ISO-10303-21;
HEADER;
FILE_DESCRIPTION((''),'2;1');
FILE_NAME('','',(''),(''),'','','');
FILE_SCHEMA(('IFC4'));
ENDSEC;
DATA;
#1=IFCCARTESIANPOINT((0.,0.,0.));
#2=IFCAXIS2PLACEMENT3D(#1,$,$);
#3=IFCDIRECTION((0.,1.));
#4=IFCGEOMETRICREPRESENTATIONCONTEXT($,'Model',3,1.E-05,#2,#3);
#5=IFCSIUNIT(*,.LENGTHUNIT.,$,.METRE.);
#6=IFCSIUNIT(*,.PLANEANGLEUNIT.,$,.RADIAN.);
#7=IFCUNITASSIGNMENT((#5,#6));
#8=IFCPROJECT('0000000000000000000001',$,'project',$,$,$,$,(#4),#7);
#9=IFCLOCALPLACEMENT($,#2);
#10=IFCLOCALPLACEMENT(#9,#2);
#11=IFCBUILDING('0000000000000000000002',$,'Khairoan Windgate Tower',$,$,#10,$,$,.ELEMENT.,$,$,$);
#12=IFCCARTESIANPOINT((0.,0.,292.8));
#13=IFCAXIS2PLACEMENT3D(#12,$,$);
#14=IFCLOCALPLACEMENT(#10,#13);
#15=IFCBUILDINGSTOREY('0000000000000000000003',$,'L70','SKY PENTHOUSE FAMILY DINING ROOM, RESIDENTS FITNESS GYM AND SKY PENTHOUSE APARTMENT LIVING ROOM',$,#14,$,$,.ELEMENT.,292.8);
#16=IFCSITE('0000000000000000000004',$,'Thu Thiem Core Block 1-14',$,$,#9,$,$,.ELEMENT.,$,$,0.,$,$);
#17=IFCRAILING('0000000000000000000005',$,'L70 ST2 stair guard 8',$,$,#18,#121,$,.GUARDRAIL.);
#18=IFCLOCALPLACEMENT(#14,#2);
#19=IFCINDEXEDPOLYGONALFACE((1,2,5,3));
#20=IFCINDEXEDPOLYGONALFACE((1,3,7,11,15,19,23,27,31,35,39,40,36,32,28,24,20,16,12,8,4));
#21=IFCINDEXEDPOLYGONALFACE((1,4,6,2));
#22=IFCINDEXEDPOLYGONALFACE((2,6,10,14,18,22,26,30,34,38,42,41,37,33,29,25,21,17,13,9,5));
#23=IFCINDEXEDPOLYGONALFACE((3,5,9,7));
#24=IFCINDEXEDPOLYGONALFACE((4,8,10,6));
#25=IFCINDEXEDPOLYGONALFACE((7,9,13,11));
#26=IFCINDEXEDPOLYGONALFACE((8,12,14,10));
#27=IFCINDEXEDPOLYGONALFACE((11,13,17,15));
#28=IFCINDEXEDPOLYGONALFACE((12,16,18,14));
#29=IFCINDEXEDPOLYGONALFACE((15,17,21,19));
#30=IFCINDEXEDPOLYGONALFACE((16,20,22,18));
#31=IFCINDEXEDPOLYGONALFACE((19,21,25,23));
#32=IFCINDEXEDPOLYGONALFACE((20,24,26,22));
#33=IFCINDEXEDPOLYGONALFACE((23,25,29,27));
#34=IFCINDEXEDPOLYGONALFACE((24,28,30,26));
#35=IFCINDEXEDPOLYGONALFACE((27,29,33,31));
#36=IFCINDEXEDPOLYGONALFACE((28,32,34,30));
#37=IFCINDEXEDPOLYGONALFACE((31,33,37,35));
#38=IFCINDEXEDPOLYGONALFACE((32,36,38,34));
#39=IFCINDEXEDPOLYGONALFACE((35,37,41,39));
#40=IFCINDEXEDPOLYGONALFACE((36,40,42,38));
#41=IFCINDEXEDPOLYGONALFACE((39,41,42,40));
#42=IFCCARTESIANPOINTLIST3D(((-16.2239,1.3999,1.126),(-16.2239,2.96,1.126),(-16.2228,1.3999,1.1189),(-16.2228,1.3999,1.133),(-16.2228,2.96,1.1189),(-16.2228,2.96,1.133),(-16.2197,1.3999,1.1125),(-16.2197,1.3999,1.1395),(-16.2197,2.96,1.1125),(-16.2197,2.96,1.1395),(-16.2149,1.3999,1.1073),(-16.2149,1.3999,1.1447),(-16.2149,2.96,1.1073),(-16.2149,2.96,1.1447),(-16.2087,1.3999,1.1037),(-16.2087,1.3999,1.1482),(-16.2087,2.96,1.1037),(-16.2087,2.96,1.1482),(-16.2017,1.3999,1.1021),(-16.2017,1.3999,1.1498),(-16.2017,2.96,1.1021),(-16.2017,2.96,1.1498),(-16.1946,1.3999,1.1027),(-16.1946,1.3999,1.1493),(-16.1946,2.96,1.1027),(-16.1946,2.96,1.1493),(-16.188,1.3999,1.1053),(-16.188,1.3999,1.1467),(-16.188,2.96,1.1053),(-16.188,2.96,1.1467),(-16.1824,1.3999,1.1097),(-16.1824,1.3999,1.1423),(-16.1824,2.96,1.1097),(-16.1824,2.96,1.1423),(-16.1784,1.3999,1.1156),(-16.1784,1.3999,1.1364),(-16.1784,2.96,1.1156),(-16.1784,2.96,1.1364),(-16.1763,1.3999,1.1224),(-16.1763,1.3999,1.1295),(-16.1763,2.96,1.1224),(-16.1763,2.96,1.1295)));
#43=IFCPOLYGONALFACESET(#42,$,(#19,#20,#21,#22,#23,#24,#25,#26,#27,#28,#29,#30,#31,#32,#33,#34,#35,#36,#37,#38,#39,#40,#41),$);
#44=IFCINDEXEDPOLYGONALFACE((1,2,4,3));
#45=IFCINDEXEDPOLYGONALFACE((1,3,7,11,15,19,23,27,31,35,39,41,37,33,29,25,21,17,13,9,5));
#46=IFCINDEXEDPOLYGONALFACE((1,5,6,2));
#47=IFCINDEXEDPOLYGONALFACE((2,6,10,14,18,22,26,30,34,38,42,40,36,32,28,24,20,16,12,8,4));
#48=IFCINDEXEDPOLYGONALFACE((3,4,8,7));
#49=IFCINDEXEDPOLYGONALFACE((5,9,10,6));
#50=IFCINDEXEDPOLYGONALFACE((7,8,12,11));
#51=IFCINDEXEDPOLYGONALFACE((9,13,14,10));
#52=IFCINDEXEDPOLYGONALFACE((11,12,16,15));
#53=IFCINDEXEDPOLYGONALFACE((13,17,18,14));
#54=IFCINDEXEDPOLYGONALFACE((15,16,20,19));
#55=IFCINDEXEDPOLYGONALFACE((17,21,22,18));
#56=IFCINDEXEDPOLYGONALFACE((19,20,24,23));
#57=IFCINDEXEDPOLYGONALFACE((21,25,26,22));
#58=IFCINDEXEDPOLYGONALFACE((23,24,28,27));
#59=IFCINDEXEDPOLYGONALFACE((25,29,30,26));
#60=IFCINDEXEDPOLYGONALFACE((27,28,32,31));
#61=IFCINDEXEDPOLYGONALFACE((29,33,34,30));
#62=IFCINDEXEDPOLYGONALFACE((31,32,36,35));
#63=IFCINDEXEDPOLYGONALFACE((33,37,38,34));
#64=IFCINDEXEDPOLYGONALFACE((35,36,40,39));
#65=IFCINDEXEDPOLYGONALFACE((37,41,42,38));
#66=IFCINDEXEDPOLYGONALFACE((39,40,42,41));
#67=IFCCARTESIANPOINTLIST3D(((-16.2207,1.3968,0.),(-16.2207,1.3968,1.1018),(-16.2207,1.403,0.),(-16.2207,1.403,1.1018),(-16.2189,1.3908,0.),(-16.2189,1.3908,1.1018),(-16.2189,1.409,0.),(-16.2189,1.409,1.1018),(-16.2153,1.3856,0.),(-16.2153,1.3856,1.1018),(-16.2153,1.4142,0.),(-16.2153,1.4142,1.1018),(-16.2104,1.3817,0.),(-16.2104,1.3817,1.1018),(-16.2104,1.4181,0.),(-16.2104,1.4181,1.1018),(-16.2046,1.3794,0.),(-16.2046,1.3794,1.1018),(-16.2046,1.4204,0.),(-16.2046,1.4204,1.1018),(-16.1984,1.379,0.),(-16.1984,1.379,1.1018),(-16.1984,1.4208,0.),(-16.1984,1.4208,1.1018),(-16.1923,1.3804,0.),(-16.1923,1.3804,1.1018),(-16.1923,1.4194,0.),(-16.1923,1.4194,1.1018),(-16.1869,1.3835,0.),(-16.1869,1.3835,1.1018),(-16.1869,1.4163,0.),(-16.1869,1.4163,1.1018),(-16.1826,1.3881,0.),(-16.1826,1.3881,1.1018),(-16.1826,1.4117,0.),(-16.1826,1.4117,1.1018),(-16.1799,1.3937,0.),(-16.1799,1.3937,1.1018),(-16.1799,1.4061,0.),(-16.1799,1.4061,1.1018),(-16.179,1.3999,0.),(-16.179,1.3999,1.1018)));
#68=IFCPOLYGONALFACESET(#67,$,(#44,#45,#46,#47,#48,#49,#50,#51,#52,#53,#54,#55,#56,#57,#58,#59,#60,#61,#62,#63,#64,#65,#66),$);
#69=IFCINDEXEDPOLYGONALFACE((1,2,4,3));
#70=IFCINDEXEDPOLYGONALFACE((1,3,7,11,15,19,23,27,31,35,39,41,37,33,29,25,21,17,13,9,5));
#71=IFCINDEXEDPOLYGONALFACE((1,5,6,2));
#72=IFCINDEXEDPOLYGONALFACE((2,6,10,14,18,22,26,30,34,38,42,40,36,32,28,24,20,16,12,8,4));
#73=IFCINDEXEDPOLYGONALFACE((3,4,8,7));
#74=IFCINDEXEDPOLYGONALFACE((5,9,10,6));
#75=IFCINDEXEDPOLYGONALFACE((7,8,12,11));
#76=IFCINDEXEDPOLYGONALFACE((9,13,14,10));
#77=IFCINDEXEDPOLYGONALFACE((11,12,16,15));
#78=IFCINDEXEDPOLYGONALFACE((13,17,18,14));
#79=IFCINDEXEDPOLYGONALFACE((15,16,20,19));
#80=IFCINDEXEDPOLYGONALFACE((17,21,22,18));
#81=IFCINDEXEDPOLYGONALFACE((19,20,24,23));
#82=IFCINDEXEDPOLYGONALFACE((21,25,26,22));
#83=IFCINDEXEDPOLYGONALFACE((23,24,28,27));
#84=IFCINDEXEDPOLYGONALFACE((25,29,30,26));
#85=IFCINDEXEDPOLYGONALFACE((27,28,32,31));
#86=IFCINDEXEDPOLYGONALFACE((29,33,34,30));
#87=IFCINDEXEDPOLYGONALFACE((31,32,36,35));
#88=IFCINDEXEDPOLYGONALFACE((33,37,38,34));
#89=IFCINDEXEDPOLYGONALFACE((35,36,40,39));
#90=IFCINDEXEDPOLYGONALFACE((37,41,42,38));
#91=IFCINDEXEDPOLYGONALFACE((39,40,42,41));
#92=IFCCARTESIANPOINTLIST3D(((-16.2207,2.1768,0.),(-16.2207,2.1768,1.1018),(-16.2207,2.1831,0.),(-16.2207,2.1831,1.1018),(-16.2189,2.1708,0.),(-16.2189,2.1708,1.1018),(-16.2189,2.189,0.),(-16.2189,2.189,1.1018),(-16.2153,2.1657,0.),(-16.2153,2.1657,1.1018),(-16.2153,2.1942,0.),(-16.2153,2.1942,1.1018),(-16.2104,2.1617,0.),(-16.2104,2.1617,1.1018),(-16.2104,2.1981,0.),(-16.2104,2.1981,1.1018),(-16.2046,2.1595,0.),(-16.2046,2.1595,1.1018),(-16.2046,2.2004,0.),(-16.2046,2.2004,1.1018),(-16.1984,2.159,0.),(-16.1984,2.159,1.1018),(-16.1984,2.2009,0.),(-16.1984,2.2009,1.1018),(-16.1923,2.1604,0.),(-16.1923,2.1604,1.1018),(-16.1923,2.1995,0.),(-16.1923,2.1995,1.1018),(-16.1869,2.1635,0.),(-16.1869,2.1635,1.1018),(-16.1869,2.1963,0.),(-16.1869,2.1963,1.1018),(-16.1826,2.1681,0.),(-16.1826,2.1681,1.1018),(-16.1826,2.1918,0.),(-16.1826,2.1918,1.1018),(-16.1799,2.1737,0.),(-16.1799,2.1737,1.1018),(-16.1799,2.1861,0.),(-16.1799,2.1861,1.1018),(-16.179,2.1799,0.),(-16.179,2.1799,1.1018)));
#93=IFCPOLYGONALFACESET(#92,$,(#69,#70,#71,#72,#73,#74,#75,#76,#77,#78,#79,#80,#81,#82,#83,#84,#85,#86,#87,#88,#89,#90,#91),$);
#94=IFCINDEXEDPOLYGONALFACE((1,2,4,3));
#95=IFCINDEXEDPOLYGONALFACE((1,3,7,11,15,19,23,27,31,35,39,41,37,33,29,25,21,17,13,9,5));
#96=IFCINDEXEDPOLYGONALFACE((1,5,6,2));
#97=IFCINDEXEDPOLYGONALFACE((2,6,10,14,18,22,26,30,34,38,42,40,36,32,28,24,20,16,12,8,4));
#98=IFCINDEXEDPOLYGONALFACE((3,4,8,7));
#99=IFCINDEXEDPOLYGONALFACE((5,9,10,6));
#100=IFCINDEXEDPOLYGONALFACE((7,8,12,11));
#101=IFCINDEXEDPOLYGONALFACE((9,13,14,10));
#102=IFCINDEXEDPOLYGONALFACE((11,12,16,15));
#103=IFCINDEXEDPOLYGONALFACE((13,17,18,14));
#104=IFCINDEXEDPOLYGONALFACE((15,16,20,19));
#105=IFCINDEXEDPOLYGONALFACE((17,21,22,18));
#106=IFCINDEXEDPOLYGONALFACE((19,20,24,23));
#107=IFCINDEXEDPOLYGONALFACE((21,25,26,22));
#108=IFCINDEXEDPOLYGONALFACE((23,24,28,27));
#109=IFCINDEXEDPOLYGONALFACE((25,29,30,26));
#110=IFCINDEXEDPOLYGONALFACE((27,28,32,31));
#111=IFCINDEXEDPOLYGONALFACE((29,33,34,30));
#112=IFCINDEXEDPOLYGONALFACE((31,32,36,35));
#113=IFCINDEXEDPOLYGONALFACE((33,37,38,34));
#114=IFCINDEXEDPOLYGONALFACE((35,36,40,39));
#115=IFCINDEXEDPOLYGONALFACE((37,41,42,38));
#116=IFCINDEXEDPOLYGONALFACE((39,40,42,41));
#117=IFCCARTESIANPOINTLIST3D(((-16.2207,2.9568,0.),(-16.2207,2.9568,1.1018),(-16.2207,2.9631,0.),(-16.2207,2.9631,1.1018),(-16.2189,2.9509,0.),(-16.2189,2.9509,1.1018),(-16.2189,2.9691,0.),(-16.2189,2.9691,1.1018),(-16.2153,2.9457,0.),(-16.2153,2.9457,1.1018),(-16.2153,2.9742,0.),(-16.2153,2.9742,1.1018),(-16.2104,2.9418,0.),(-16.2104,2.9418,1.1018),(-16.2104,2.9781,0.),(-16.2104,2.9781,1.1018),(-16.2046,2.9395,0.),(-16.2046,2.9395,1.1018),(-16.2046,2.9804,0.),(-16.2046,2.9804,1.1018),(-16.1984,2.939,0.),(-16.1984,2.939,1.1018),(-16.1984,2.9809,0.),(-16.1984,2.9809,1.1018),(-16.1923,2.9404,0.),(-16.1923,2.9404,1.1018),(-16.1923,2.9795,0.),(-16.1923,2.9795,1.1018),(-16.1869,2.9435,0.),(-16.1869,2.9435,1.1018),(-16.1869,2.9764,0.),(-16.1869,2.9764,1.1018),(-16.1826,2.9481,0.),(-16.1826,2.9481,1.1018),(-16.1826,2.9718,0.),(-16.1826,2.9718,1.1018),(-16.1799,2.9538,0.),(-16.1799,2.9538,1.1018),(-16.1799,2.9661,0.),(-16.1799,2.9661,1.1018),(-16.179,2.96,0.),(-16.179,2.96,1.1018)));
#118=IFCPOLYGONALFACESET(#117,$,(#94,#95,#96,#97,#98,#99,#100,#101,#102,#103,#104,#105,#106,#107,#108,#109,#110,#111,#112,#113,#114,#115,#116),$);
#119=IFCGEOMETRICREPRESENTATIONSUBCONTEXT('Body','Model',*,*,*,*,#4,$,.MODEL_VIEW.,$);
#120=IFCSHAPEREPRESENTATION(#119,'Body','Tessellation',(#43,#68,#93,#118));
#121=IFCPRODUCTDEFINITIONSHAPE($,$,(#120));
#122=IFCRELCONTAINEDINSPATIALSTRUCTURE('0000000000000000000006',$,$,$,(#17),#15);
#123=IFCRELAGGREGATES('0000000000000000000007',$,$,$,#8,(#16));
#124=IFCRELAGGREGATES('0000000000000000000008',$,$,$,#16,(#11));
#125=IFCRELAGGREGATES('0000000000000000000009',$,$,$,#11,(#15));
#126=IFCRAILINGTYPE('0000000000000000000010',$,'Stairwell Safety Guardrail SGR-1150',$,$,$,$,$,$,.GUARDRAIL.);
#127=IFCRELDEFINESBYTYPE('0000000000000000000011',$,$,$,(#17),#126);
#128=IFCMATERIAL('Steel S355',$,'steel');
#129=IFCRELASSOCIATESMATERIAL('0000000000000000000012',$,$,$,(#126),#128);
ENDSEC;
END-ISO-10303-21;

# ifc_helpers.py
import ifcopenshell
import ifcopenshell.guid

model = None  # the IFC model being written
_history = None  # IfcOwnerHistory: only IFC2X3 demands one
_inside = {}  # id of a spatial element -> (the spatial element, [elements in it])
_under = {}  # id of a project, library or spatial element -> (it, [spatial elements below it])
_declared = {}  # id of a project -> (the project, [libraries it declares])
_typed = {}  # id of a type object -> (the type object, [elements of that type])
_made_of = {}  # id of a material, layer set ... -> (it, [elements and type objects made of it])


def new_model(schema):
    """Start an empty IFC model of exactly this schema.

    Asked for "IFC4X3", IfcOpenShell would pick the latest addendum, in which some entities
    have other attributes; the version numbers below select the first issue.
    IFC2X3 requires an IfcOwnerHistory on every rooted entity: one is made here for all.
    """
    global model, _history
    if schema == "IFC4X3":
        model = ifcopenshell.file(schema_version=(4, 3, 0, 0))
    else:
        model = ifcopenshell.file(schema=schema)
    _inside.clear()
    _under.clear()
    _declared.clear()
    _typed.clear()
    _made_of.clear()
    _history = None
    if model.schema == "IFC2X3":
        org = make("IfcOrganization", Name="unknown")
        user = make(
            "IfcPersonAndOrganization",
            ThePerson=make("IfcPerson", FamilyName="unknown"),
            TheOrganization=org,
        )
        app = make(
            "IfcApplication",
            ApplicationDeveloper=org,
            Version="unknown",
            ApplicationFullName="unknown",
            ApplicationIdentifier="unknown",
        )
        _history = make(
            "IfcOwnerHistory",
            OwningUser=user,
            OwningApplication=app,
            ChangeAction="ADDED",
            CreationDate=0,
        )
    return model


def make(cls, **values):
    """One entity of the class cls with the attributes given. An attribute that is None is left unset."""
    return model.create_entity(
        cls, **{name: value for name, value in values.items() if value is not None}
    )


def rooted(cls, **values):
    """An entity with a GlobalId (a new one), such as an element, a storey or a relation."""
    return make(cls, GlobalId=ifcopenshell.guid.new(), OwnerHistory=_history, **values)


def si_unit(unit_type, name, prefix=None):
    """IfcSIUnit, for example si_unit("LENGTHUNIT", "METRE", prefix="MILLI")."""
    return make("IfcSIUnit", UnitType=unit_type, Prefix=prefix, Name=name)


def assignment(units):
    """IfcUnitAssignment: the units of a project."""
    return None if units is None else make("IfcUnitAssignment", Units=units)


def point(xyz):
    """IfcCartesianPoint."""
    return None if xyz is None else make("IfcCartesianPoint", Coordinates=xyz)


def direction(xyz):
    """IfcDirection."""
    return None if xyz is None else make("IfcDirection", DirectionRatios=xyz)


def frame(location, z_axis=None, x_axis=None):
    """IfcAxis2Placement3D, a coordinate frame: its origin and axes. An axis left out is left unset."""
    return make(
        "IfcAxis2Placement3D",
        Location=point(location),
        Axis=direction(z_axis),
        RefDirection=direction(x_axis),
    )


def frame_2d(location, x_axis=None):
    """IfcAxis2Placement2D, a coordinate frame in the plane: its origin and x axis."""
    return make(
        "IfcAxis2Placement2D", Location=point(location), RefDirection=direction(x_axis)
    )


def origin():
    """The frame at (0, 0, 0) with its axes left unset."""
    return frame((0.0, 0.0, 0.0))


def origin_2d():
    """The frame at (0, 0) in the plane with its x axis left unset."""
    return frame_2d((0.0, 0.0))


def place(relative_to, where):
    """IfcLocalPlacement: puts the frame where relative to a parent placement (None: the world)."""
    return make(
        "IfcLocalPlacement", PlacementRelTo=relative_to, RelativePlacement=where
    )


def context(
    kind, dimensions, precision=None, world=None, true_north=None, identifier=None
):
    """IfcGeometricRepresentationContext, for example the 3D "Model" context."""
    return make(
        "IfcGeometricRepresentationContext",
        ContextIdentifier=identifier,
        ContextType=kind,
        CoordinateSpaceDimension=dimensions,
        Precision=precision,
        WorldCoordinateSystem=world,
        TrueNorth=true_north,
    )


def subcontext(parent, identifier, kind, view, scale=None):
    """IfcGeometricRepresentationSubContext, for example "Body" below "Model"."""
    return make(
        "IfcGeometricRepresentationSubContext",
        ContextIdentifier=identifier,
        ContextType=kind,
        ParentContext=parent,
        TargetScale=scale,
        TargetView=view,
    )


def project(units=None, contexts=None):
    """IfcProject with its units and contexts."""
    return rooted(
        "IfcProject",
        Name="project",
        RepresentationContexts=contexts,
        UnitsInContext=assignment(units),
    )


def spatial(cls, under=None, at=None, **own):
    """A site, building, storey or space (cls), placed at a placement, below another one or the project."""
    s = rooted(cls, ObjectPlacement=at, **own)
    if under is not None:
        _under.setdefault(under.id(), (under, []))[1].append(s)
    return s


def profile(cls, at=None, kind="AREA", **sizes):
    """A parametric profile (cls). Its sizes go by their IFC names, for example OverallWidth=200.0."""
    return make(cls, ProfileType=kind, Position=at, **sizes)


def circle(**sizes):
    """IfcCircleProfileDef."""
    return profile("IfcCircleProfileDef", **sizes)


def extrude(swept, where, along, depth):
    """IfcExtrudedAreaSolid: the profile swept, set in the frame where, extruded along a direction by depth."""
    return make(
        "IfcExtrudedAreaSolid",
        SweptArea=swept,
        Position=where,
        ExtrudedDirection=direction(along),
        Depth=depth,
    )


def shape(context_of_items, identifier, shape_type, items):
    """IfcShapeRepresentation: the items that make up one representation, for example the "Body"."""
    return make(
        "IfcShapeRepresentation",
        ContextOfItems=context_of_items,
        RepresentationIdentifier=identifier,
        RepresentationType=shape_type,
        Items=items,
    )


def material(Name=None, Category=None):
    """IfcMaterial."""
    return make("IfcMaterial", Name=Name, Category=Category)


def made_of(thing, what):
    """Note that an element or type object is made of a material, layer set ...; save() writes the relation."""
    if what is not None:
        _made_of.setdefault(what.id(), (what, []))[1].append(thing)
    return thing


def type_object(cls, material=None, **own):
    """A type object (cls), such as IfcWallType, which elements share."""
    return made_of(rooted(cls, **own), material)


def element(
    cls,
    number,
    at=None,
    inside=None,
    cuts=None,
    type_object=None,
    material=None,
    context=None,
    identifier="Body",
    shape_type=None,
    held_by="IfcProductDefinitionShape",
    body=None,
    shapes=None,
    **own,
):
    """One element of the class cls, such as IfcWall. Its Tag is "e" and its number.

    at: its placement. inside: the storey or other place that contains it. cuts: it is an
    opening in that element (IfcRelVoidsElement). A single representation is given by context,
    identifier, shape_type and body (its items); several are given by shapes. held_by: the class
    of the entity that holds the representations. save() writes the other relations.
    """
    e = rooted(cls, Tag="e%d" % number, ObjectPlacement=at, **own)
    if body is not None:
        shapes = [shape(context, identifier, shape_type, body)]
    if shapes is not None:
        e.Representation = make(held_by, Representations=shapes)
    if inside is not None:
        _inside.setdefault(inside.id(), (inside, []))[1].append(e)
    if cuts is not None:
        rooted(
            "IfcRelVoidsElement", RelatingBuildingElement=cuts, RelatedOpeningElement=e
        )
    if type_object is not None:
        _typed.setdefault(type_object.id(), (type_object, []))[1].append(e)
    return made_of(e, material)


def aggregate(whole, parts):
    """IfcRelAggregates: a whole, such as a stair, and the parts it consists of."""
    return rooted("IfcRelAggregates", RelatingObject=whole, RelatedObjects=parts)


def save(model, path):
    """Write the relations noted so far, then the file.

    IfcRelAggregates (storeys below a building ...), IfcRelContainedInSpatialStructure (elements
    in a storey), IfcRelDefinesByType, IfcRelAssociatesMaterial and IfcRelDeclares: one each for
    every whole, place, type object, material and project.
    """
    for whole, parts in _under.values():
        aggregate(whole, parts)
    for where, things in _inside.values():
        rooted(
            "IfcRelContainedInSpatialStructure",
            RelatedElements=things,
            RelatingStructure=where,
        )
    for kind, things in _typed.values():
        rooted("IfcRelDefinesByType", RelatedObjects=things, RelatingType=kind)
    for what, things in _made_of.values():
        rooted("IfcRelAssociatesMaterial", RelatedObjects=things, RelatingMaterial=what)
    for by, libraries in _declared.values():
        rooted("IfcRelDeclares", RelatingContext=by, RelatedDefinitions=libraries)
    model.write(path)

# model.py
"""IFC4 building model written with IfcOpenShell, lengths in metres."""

from ifc_helpers import new_model, si_unit, direction, frame, origin, origin_2d, place, context, subcontext, project, spatial, circle, extrude, material, type_object, element, save


model = new_model("IFC4")

# Units and contexts
model_context = context("Model", 3, precision=1e-05, world=origin(), true_north=direction((0.0, 1.0)))
body_context = subcontext(model_context, "Body", "Model", "MODEL_VIEW")
ifc_project = project(units=[si_unit("LENGTHUNIT", "METRE"), si_unit("PLANEANGLEUNIT", "RADIAN")], contexts=[model_context])

# Site, building, storey
site_placement = place(None, origin())
site = spatial("IfcSite", under=ifc_project, at=site_placement, Name="Thu Thiem Core Block 1-14", CompositionType="ELEMENT", RefElevation=0.0)
building_placement = place(site_placement, origin())
building = spatial("IfcBuilding", under=site, at=building_placement, Name="Khairoan Windgate Tower", CompositionType="ELEMENT")
storey_placement = place(building_placement, frame((0.0, 0.0, 292.8)))
storey = spatial("IfcBuildingStorey", under=building, at=storey_placement, Name="L70", Description="SKY PENTHOUSE FAMILY DINING ROOM, RESIDENTS FITNESS GYM AND SKY PENTHOUSE APARTMENT LIVING ROOM", CompositionType="ELEMENT", Elevation=292.8)

# Railing
ifc_material_1 = material(Name="Steel S355", Category="steel")
railing_type_1 = type_object("IfcRailingType", Name="Stairwell Safety Guardrail SGR-1150", PredefinedType="GUARDRAIL", material=ifc_material_1)
railing_1_placement = place(storey_placement, frame((-16.2, 1.3999, 0.0)))
element("IfcRailing", 1, at=railing_1_placement, inside=storey, type_object=railing_type_1, Name="L70 ST2 stair guard 8", PredefinedType="GUARDRAIL", context=body_context, shape_type="SweptSolid", body=[
    extrude(circle(Radius=0.0239, at=origin_2d()), frame((0.0, 0.0, 1.126), z_axis=(0.0, 1.0, 0.0), x_axis=(-1.0, 0.0, 0.0)), (0.0, 0.0, 1.0), 1.5601),
    extrude(circle(Radius=0.021, at=origin_2d()), origin(), (0.0, 0.0, 1.0), 1.1018),
    extrude(circle(Radius=0.021, at=origin_2d()), frame((0.0, 0.78, 0.0)), (0.0, 0.0, 1.0), 1.1018),
    extrude(circle(Radius=0.021, at=origin_2d()), frame((0.0, 1.5601, 0.0)), (0.0, 0.0, 1.0), 1.1018),
])

save(model, "model.ifc")
